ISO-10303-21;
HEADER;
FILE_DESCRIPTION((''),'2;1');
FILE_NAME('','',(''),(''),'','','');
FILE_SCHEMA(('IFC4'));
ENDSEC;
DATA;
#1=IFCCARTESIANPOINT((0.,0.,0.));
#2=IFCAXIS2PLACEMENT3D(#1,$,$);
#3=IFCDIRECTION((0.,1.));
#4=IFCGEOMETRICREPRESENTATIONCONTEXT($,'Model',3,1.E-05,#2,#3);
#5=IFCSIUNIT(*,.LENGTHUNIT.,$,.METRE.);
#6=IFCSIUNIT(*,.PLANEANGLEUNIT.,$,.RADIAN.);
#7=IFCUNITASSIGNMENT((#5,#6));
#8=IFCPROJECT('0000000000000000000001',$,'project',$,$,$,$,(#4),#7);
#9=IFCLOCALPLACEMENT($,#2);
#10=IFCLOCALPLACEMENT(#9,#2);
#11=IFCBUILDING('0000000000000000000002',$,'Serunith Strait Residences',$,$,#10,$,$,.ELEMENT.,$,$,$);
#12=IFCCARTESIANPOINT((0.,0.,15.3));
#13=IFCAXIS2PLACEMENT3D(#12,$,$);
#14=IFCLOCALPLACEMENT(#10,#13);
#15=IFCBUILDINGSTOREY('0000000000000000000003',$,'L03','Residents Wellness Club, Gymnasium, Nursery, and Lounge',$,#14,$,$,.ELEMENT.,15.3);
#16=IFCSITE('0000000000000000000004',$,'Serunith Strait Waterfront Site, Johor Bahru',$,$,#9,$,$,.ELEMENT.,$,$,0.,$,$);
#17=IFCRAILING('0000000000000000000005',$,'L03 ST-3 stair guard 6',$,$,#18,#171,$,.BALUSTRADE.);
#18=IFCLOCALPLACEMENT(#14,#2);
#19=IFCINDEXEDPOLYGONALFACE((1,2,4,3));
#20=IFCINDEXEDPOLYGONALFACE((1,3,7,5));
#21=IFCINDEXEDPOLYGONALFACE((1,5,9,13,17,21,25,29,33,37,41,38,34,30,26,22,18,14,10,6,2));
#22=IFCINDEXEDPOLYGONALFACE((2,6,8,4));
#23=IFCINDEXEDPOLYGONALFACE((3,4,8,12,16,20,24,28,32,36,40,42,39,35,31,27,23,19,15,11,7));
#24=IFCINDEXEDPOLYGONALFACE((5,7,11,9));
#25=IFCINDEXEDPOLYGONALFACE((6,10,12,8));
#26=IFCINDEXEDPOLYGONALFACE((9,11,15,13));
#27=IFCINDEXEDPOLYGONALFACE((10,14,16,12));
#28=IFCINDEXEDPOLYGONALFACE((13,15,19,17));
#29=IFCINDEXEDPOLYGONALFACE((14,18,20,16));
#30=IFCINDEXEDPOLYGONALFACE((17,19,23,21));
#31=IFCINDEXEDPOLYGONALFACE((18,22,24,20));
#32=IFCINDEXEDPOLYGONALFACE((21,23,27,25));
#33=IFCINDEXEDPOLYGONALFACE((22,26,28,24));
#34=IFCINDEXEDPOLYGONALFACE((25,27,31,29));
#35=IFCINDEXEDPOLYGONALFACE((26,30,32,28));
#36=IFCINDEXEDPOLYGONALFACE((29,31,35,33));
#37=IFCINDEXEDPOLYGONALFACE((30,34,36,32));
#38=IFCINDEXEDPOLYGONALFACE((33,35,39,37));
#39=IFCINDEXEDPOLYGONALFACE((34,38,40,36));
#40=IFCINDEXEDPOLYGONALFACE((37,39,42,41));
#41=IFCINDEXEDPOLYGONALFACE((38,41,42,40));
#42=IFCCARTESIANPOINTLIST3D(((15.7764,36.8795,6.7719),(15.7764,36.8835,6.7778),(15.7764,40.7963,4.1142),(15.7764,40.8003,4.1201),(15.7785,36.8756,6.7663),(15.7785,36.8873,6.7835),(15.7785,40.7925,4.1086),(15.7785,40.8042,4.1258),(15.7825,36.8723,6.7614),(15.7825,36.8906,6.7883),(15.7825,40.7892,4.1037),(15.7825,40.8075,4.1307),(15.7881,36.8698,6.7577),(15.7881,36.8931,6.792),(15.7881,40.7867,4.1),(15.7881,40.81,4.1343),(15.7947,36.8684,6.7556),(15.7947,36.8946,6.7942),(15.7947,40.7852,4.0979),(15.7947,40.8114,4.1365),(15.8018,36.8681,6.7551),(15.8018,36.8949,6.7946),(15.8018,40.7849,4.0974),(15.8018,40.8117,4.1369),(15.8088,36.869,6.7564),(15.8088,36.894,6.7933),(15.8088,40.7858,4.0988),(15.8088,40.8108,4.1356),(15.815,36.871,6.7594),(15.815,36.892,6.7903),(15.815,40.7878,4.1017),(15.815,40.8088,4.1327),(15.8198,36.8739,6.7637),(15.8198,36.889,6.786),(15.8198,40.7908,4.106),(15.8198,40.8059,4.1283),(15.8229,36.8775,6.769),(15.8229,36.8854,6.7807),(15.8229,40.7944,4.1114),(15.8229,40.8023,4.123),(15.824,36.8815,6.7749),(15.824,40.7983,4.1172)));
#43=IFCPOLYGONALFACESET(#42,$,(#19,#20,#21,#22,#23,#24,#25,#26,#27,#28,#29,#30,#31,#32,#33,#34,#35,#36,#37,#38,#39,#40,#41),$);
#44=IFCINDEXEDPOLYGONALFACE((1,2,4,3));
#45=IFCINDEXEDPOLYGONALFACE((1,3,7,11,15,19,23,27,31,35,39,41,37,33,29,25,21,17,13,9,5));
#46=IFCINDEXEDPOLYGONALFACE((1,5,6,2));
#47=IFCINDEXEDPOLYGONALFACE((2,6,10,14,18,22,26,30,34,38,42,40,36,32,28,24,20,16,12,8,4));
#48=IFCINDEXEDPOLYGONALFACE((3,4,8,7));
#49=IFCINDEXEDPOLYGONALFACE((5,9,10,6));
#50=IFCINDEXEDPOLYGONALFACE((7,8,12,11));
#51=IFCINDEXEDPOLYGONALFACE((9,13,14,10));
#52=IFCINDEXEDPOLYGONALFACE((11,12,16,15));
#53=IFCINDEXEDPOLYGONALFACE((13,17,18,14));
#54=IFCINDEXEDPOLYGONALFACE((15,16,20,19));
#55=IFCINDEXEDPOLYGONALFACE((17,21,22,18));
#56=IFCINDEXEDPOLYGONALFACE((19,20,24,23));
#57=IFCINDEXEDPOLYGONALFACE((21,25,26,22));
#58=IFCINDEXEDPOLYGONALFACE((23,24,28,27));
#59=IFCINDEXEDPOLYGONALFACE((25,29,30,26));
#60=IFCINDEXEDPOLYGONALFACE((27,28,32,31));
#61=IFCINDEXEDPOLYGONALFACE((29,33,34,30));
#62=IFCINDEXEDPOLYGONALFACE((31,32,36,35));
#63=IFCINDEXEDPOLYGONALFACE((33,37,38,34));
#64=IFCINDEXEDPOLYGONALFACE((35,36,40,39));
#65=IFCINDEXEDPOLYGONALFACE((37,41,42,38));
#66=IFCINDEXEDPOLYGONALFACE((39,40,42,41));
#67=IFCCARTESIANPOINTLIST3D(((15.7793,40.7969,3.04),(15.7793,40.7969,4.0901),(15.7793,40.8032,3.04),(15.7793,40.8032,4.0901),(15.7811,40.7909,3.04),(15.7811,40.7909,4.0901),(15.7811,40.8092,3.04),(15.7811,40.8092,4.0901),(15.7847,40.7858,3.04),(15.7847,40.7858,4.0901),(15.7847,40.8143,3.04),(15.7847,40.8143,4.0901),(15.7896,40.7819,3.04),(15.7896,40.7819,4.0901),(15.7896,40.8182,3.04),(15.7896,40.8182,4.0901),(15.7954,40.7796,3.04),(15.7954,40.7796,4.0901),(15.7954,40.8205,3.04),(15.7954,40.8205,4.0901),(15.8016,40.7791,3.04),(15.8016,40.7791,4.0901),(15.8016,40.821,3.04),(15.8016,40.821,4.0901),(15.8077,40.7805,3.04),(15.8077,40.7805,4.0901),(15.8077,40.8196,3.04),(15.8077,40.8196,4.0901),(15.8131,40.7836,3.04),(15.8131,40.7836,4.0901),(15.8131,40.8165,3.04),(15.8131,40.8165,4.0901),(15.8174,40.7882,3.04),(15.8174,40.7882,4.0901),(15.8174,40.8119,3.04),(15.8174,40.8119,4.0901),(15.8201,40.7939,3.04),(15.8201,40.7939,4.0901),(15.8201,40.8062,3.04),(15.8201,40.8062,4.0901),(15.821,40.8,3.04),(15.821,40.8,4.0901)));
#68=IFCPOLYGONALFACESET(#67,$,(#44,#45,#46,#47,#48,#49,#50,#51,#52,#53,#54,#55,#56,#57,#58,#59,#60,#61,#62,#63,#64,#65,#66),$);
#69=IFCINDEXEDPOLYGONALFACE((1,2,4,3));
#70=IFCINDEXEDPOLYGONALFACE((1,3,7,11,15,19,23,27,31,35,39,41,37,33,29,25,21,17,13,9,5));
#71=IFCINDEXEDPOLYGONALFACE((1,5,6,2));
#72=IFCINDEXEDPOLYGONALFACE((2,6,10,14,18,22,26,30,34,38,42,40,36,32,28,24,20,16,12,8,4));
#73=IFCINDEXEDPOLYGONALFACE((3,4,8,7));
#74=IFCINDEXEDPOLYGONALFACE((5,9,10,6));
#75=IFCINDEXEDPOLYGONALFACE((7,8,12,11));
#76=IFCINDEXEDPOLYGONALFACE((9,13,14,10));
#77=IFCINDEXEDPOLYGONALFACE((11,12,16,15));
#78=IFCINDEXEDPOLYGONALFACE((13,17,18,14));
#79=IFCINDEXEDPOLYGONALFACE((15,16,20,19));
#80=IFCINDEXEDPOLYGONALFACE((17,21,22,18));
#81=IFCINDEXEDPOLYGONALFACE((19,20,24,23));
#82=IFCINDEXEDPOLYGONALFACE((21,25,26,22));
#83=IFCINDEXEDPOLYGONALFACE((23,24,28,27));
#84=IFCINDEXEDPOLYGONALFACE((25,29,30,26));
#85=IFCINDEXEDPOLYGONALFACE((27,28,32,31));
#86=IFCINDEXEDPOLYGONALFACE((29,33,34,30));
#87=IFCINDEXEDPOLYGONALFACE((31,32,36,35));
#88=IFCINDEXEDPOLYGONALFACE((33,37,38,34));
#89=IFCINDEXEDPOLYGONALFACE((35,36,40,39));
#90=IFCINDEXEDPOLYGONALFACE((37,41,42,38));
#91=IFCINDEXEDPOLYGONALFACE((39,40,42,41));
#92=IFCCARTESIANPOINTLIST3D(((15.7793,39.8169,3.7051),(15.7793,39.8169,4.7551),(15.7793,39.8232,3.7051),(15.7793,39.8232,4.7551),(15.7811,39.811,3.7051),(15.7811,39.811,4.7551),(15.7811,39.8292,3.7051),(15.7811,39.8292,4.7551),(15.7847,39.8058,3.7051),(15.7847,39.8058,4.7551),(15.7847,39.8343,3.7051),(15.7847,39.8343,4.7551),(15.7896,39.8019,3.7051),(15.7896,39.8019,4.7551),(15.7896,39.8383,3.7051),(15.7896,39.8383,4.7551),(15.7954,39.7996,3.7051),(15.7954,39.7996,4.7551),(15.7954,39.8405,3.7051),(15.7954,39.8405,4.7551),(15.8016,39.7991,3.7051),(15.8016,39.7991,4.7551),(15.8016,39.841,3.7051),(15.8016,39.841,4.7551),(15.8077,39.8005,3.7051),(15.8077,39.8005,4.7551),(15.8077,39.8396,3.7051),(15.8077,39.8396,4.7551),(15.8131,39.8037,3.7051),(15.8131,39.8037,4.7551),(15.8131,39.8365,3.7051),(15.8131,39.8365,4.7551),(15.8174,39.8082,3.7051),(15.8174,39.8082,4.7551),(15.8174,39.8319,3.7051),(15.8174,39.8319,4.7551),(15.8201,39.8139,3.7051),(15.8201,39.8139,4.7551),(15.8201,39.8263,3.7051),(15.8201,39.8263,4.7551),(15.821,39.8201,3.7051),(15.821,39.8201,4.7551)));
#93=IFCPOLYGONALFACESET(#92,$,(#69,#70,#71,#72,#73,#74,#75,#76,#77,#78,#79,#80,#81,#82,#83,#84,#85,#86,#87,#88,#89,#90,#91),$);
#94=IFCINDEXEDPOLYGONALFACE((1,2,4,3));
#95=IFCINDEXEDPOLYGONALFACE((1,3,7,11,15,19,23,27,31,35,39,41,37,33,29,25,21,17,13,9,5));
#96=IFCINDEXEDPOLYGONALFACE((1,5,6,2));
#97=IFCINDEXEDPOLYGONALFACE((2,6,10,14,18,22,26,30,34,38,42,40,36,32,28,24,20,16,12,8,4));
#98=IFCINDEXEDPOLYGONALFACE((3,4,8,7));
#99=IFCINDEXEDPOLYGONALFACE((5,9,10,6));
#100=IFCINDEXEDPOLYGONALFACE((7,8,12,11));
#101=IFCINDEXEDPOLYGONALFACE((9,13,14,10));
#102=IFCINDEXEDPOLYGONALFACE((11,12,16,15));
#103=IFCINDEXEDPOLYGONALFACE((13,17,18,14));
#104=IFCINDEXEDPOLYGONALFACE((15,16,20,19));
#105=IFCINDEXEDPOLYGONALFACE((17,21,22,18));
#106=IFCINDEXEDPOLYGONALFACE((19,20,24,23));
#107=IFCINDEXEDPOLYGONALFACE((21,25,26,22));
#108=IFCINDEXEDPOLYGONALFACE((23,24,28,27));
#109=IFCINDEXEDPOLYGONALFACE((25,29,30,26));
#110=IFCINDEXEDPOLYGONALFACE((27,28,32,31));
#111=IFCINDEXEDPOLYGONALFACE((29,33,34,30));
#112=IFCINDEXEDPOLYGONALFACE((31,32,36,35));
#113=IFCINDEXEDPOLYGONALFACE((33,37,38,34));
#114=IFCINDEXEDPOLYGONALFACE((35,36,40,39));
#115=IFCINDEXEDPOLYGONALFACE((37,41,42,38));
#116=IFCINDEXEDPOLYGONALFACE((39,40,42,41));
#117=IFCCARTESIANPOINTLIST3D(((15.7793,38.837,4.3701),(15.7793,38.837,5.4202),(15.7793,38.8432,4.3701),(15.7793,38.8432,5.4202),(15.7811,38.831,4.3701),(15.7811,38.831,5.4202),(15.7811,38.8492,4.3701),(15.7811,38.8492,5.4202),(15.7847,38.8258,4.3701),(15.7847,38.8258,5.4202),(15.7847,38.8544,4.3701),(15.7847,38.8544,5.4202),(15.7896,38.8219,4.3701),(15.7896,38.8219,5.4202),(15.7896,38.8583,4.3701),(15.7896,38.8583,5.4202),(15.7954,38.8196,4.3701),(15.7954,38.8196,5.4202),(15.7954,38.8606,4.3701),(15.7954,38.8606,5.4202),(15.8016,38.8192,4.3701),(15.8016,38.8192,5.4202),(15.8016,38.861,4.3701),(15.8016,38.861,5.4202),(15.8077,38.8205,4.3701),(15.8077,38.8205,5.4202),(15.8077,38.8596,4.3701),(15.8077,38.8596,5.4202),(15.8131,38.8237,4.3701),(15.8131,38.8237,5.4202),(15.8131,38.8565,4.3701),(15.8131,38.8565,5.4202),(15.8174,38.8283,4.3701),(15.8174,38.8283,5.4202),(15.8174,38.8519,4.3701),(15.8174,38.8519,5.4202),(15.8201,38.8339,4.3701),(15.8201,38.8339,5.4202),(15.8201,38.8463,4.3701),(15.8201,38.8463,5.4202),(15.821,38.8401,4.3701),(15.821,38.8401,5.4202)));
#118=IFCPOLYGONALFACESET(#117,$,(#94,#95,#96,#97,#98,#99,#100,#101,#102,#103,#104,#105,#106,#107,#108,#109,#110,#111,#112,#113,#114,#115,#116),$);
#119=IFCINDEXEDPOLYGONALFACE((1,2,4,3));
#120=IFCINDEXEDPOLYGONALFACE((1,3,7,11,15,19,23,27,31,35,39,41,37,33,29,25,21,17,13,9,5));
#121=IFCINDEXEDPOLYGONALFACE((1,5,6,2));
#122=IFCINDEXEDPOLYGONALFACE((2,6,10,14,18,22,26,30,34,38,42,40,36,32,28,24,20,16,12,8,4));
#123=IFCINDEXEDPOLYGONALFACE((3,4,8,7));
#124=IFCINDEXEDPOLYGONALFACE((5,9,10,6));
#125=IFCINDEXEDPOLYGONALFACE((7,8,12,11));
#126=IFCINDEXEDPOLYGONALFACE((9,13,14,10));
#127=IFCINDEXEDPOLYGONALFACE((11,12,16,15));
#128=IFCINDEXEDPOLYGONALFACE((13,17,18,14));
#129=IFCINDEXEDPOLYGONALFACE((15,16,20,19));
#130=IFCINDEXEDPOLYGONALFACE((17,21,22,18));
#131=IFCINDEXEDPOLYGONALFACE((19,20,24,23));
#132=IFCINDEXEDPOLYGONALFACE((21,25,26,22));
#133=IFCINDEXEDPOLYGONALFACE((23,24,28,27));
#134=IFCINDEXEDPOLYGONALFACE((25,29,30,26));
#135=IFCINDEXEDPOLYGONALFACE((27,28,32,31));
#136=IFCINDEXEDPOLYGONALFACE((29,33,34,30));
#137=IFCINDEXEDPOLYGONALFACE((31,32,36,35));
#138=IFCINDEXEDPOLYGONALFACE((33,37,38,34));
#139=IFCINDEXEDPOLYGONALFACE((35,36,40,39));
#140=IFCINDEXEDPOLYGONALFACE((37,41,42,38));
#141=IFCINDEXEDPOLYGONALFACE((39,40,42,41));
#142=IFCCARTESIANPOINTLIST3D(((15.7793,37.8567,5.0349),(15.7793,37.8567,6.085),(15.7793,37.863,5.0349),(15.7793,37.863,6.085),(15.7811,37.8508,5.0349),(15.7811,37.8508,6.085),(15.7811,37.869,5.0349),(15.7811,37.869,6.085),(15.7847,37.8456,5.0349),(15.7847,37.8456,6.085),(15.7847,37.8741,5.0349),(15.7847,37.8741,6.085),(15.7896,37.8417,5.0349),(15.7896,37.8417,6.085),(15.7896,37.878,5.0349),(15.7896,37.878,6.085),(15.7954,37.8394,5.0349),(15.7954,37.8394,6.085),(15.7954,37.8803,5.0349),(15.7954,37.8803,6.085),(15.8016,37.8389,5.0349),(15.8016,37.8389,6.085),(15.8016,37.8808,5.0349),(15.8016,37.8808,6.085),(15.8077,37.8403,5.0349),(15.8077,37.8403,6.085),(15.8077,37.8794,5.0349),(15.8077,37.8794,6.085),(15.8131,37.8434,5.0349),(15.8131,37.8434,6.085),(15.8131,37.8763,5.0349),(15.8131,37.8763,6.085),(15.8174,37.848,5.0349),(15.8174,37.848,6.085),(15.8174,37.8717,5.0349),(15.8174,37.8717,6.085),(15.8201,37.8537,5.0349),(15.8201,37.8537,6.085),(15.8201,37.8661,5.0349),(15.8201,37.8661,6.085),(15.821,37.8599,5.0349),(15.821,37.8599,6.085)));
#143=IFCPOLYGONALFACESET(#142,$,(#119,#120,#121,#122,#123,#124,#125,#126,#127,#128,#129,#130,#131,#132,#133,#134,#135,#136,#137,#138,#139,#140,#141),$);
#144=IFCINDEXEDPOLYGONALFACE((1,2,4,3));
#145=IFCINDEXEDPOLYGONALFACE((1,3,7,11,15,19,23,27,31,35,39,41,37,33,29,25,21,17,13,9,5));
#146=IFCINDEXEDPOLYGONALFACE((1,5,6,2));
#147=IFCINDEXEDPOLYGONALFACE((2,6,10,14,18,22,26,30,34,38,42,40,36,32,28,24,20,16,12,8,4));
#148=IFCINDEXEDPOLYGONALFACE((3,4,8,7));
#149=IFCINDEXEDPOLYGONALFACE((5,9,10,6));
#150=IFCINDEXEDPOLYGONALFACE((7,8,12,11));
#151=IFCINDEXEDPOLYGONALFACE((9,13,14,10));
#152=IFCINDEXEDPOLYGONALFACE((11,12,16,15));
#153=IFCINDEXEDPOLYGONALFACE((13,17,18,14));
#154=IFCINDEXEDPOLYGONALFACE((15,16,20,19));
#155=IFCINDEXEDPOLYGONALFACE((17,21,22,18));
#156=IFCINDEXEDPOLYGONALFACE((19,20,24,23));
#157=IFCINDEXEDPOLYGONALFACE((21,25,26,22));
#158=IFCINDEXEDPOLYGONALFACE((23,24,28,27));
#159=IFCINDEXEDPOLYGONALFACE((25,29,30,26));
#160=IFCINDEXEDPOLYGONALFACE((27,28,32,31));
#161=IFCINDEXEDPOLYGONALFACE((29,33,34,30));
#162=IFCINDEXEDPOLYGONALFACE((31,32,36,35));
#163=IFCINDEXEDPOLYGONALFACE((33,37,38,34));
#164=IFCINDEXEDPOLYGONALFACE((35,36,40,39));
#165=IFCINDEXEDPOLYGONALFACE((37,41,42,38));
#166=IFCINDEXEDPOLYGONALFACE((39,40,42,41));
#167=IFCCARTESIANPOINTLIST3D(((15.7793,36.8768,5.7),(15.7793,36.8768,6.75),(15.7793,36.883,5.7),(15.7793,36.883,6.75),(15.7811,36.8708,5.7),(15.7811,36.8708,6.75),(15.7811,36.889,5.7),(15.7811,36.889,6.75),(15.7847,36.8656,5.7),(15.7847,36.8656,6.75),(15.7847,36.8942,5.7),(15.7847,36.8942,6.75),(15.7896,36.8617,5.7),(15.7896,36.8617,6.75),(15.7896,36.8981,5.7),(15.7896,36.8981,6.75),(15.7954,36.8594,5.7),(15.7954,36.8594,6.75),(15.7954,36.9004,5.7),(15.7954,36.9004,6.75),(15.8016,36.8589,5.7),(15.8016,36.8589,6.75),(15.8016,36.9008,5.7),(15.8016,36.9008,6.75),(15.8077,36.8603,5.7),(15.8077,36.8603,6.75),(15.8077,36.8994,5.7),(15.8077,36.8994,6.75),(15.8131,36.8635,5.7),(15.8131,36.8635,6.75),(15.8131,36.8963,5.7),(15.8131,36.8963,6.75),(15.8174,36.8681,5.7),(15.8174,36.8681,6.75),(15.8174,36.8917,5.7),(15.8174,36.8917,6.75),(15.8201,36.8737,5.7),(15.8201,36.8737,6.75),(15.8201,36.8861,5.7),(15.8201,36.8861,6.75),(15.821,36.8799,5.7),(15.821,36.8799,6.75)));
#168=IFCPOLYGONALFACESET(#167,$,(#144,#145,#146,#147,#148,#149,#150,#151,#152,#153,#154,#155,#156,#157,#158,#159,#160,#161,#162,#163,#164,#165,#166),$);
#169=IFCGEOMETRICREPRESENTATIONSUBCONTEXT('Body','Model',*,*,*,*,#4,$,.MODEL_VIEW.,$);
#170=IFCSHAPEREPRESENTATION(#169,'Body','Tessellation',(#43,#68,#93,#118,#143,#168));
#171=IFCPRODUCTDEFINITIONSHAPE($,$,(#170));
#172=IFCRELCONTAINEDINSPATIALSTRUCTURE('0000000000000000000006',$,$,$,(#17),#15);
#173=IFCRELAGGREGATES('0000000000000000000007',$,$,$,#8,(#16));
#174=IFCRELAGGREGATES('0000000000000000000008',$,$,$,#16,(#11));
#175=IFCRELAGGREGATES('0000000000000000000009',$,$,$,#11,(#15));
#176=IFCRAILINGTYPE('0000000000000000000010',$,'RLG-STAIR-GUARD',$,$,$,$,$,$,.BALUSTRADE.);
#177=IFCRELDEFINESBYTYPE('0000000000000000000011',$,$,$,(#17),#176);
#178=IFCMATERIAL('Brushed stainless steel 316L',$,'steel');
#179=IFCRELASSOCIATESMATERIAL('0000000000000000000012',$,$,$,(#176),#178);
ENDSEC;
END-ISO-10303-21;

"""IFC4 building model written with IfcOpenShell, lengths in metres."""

from ifc_helpers import new_model, si_unit, direction, frame, origin, origin_2d, place, context, subcontext, project, spatial, circle, extrude, material, type_object, element, save


model = new_model("IFC4")

# Units and contexts
model_context = context("Model", 3, precision=1e-05, world=origin(), true_north=direction((0.0, 1.0)))
body_context = subcontext(model_context, "Body", "Model", "MODEL_VIEW")
ifc_project = project(units=[si_unit("LENGTHUNIT", "METRE"), si_unit("PLANEANGLEUNIT", "RADIAN")], contexts=[model_context])

# Site, building, storey
site_placement = place(None, origin())
site = spatial("IfcSite", under=ifc_project, at=site_placement, Name="Serunith Strait Waterfront Site, Johor Bahru", CompositionType="ELEMENT", RefElevation=0.0)
building_placement = place(site_placement, origin())
building = spatial("IfcBuilding", under=site, at=building_placement, Name="Serunith Strait Residences", CompositionType="ELEMENT")
storey_placement = place(building_placement, frame((0.0, 0.0, 15.3)))
storey = spatial("IfcBuildingStorey", under=building, at=storey_placement, Name="L03", Description="Residents Wellness Club, Gymnasium, Nursery, and Lounge", CompositionType="ELEMENT", Elevation=15.3)

# Railing
ifc_material_1 = material(Name="Brushed stainless steel 316L", Category="steel")
railing_type_1 = type_object("IfcRailingType", Name="RLG-STAIR-GUARD", PredefinedType="BALUSTRADE", material=ifc_material_1)
railing_1_placement = place(storey_placement, frame((15.8, 40.8, 3.04)))
element("IfcRailing", 1, at=railing_1_placement, inside=storey, type_object=railing_type_1, Name="L03 ST-3 stair guard 6", PredefinedType="BALUSTRADE", context=body_context, shape_type="SweptSolid", body=[
    extrude(circle(Radius=0.0239, at=origin_2d()), frame((0.0, -0.0017, 1.0771), z_axis=(0.0, -0.827495, 0.561472), x_axis=(1.0, 0.0, 0.0)), (0.0, 0.0, 1.0), 4.7334),
    extrude(circle(Radius=0.021, at=origin_2d()), origin(), (0.0, 0.0, 1.0), 1.05),
    extrude(circle(Radius=0.021, at=origin_2d()), frame((0.0, -0.98, 0.665)), (0.0, 0.0, 1.0), 1.05),
    extrude(circle(Radius=0.021, at=origin_2d()), frame((0.0, -1.96, 1.3301)), (0.0, 0.0, 1.0), 1.05),
    extrude(circle(Radius=0.021, at=origin_2d()), frame((0.0, -2.9402, 1.9949)), (0.0, 0.0, 1.0), 1.05),
    extrude(circle(Radius=0.021, at=origin_2d()), frame((0.0, -3.9202, 2.6599)), (0.0, 0.0, 1.0), 1.05),
])

save(model, "model.ifc")
